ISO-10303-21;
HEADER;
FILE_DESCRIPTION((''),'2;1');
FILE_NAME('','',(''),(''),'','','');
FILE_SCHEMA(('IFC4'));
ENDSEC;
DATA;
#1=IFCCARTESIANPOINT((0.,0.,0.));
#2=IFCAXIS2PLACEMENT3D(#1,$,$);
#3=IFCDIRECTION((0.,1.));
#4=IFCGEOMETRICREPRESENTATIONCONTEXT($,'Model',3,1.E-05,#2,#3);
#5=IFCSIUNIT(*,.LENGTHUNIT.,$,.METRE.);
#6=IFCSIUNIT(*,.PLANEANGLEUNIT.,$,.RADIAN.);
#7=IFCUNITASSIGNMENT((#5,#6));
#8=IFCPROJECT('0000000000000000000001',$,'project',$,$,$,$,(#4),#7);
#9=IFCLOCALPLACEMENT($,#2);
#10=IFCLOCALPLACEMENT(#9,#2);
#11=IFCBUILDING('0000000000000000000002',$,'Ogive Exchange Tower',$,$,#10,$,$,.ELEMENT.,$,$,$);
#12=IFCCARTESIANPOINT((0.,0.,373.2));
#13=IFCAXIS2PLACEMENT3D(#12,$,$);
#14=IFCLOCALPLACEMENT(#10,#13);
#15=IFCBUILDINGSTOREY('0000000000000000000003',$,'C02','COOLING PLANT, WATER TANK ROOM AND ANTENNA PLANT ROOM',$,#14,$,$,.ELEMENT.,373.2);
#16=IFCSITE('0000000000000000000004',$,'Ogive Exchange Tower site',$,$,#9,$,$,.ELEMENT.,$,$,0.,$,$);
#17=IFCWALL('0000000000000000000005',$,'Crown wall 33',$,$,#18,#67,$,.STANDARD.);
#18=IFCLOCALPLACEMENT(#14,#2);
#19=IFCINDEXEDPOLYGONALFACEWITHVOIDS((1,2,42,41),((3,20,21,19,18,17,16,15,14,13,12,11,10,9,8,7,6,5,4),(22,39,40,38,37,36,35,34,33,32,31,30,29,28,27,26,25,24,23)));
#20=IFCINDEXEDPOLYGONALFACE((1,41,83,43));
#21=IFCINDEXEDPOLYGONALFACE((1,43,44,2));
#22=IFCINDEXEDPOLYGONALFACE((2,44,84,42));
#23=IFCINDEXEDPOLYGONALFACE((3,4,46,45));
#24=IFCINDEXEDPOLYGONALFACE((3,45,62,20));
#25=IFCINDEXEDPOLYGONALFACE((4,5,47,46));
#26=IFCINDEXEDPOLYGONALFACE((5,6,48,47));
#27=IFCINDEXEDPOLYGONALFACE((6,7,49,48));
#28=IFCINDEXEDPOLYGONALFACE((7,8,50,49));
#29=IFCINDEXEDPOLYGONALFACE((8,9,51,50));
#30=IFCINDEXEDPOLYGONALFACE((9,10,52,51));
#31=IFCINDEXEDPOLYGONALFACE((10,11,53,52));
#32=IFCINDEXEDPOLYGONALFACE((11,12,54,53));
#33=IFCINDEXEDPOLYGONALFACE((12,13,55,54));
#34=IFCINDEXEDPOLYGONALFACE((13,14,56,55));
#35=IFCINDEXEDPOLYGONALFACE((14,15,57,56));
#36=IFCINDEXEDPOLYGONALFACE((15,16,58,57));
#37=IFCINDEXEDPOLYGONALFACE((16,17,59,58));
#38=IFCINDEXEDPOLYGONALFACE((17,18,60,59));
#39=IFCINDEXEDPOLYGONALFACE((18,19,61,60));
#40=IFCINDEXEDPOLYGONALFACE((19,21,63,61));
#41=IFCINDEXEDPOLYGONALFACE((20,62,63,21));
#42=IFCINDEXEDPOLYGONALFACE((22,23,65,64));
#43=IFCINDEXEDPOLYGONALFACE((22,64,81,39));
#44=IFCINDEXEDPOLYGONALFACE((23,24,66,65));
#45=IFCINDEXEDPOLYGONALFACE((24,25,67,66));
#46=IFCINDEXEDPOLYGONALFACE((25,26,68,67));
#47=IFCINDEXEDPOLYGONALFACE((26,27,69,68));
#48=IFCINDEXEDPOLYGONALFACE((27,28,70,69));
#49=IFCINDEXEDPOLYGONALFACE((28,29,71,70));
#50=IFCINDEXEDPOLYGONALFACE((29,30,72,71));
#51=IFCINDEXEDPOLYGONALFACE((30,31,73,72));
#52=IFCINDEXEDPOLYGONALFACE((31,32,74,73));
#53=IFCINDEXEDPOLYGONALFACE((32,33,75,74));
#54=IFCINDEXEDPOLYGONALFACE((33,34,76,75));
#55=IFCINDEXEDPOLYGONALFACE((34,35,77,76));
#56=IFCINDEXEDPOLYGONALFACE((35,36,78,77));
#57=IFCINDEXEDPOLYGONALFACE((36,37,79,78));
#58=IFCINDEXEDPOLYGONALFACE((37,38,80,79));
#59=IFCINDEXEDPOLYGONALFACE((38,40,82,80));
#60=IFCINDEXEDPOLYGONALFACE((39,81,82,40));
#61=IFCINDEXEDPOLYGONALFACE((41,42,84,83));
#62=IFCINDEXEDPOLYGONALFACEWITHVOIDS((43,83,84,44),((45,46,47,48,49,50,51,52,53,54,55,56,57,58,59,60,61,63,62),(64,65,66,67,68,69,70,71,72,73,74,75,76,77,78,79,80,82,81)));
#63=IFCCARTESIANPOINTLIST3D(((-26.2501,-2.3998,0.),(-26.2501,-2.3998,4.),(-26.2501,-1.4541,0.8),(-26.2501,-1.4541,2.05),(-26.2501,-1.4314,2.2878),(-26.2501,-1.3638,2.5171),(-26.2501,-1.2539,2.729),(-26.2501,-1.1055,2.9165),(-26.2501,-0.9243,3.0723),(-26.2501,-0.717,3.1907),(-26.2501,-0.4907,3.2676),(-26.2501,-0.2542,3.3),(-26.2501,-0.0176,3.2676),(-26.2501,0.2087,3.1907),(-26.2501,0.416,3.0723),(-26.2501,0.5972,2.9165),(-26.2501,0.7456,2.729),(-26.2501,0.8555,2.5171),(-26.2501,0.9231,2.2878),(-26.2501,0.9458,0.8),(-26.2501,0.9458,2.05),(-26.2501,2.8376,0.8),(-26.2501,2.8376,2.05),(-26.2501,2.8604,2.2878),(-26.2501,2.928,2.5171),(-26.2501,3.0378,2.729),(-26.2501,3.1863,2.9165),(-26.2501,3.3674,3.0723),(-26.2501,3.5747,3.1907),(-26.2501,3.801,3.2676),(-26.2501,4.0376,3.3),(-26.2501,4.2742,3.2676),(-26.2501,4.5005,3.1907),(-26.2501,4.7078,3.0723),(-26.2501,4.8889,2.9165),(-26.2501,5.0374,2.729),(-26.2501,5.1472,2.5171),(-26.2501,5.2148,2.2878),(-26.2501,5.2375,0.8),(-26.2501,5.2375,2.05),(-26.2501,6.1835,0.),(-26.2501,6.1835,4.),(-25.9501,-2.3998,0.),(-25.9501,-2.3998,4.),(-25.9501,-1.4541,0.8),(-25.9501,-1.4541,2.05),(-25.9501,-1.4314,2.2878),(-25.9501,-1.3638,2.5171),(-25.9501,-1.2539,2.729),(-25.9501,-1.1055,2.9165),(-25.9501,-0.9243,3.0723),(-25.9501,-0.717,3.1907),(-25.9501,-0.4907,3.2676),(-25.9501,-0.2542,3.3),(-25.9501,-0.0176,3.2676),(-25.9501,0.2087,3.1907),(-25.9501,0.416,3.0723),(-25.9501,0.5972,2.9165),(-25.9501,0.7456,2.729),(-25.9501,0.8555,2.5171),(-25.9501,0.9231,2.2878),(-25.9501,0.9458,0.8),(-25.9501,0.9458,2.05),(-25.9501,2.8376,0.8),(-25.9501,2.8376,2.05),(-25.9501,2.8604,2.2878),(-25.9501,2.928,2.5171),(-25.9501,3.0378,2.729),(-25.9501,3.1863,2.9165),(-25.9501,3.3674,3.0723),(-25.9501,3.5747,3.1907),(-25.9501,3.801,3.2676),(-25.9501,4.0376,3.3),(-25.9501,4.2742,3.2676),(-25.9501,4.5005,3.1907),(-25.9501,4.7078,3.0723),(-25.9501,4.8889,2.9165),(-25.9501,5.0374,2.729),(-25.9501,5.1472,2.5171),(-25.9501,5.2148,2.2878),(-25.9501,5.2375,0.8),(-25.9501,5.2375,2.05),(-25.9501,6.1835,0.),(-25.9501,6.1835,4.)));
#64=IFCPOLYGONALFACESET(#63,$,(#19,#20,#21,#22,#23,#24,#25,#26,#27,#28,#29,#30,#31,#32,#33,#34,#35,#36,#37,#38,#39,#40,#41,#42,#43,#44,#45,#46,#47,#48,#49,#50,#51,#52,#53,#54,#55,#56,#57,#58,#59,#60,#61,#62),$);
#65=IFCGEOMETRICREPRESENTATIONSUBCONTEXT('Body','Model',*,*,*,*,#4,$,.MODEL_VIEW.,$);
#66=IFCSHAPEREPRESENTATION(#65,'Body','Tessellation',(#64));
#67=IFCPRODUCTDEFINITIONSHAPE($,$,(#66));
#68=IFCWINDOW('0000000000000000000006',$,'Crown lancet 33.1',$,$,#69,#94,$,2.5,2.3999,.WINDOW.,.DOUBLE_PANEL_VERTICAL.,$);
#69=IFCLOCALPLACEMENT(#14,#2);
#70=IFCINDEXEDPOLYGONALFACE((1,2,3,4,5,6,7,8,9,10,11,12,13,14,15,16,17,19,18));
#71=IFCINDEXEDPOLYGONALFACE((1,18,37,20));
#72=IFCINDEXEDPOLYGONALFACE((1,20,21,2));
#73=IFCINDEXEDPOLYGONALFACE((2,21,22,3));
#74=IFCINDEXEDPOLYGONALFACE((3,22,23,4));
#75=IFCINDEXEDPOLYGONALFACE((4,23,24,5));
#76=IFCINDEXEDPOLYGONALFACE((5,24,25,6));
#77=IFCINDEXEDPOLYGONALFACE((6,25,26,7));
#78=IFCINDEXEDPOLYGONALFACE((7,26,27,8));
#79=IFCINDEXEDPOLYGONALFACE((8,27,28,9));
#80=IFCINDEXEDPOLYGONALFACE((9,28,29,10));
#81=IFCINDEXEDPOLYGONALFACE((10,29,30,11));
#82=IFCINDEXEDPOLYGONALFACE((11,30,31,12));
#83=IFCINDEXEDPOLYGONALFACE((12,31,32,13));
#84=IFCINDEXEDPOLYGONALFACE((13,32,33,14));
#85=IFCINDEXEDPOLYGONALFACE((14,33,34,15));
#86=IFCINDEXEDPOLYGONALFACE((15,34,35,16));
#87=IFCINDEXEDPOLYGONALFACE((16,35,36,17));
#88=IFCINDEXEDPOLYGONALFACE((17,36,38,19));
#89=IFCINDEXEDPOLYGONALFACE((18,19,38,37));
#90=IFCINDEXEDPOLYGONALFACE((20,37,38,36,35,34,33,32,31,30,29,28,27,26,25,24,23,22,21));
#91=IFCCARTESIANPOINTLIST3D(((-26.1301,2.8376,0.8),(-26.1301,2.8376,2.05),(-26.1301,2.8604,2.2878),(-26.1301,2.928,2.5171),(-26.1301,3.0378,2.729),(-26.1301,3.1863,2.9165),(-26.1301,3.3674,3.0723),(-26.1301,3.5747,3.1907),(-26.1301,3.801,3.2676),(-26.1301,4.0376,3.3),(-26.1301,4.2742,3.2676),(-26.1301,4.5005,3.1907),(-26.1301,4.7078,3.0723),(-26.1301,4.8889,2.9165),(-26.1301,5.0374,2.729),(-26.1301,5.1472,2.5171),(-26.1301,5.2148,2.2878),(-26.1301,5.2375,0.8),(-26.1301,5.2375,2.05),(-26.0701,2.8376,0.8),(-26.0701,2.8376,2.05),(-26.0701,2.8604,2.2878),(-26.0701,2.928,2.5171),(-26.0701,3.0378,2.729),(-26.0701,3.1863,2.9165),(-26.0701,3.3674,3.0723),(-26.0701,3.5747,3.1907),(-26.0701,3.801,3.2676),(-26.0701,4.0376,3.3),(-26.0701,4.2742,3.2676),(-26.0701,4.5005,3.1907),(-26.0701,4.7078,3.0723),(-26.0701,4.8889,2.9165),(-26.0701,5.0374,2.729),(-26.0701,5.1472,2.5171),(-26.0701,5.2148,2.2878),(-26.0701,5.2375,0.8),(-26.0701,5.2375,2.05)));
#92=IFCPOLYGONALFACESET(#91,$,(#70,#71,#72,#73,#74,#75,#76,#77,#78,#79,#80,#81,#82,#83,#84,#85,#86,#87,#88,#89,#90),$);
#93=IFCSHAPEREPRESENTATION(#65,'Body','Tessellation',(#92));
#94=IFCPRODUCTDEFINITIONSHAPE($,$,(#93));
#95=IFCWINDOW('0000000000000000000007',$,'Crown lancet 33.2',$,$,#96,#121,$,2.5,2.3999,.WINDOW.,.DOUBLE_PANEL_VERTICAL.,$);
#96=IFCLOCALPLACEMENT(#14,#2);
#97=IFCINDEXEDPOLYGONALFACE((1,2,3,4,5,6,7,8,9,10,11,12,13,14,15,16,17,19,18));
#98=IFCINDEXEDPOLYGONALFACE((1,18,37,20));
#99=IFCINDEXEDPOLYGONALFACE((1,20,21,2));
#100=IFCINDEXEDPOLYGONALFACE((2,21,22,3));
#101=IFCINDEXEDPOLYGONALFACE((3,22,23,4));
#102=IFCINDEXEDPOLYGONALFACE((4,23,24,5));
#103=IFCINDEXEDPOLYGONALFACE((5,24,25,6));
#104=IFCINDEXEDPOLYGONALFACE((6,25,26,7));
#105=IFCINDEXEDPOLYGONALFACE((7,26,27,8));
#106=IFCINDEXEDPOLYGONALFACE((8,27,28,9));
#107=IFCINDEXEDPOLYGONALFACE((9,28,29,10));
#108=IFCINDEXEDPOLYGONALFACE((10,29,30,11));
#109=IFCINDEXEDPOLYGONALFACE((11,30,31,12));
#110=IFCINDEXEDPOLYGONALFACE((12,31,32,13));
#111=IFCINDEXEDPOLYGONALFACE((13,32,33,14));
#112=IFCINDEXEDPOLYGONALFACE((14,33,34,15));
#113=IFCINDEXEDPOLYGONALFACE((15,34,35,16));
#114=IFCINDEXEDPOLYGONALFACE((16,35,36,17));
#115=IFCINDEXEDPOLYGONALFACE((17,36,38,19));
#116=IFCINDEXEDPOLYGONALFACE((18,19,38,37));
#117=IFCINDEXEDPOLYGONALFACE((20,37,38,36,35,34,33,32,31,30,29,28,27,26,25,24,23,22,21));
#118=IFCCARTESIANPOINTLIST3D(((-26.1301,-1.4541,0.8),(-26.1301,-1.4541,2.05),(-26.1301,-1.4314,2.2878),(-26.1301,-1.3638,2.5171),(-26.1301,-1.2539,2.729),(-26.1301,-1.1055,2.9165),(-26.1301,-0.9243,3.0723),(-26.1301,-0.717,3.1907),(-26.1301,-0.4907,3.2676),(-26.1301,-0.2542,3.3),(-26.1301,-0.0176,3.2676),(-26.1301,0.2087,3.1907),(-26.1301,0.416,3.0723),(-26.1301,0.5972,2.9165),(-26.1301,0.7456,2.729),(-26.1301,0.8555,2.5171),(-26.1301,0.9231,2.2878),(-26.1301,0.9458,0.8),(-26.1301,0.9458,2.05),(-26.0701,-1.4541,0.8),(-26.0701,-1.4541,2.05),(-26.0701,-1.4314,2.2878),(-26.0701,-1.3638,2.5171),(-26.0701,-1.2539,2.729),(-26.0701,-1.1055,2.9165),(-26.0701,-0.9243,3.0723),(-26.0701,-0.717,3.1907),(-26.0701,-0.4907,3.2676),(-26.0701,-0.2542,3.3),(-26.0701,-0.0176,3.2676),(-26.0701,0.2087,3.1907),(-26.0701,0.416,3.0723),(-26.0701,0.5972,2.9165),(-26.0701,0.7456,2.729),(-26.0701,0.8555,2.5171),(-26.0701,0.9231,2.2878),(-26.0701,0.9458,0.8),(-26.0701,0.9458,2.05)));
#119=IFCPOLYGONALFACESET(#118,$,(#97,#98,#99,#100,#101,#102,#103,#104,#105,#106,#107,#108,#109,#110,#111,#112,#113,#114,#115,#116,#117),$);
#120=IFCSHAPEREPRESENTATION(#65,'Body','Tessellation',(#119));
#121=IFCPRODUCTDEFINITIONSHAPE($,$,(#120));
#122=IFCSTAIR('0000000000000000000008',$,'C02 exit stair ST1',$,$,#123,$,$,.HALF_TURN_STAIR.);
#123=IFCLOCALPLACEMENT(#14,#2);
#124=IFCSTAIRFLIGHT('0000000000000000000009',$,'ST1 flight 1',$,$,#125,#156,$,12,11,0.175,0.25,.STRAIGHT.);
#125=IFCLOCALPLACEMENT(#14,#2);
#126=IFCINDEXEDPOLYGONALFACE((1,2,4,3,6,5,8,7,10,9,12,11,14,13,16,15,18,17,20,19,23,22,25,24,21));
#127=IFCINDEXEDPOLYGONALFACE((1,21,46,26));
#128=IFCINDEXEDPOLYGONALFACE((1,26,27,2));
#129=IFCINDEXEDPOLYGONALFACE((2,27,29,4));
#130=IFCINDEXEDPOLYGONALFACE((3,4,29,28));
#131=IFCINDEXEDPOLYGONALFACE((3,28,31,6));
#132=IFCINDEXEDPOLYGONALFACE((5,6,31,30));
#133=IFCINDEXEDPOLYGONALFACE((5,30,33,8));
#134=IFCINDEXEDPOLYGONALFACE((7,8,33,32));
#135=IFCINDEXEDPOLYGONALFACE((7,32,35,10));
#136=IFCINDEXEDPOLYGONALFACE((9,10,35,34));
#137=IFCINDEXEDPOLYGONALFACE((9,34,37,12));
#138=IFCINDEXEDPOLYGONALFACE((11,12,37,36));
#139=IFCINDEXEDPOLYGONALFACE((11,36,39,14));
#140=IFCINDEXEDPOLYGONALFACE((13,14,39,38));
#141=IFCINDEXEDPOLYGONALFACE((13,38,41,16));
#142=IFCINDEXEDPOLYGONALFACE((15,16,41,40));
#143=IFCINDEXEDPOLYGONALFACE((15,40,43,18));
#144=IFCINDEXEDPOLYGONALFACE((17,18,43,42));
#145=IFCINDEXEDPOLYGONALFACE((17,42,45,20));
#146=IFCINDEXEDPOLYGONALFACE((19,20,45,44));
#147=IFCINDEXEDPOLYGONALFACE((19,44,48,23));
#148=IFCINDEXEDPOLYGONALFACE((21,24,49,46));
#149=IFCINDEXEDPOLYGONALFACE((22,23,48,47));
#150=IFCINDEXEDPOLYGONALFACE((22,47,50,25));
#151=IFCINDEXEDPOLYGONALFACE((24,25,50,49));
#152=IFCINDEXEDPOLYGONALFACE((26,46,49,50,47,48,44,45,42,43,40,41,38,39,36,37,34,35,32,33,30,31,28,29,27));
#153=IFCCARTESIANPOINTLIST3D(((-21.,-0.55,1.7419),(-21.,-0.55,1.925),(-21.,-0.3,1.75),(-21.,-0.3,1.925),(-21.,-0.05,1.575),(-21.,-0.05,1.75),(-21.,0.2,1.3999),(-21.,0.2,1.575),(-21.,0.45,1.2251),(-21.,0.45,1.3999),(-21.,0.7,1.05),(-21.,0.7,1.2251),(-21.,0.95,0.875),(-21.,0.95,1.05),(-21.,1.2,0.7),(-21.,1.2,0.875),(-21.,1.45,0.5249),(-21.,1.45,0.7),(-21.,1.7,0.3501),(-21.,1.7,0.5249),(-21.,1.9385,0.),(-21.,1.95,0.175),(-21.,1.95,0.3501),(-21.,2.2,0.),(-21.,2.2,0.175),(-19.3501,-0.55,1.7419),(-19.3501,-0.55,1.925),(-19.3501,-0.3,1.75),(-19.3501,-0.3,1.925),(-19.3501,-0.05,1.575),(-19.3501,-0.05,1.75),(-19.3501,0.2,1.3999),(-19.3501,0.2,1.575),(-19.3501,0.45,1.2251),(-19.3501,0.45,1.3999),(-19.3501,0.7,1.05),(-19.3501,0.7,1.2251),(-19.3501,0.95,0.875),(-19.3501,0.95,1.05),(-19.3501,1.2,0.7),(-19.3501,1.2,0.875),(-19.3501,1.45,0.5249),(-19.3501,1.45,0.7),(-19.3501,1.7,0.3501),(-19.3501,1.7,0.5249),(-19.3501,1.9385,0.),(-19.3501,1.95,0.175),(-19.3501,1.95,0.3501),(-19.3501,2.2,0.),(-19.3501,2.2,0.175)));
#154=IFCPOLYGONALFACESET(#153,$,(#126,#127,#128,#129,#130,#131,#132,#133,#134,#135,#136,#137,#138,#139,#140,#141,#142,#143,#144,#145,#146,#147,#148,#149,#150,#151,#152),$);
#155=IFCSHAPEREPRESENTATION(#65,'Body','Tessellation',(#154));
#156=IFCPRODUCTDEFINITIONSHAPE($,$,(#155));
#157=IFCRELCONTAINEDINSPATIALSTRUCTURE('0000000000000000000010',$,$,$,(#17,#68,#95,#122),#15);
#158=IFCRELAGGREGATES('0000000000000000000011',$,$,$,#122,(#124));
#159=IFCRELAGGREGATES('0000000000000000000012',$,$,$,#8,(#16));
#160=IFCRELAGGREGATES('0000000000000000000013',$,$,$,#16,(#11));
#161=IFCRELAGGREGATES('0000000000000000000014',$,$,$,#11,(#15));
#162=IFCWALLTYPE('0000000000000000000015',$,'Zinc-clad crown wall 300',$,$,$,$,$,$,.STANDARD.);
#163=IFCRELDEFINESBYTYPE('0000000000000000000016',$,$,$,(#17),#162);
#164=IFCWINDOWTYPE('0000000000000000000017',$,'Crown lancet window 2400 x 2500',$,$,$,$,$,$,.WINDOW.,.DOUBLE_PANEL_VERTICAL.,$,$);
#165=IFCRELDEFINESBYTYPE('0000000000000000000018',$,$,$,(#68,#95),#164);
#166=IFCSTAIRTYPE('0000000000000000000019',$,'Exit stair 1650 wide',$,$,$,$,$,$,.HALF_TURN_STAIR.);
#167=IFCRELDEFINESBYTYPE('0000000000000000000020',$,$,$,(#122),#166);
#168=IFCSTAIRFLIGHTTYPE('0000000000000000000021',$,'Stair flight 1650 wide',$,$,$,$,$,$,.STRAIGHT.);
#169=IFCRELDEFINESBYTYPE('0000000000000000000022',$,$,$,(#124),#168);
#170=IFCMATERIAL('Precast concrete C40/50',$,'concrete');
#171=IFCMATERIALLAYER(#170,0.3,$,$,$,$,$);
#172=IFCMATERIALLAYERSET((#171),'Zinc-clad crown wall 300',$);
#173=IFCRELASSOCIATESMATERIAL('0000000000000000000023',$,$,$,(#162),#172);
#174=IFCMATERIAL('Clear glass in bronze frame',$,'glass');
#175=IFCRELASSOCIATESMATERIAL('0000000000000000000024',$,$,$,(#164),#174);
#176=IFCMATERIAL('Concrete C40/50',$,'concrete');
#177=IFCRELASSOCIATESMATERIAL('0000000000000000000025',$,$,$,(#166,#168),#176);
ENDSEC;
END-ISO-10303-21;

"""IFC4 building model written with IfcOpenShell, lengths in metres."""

from ifc_helpers import new_model, si_unit, direction, frame, frame_2d, origin, place, context, subcontext, project, spatial, polyline, rectangle, outline, extrude, material, layer, layer_set, type_object, element, fill, aggregate, save


model = new_model("IFC4")

# Units and contexts
model_context = context("Model", 3, precision=1e-05, world=origin(), true_north=direction((0.0, 1.0)))
body_context = subcontext(model_context, "Body", "Model", "MODEL_VIEW")
ifc_project = project(units=[si_unit("LENGTHUNIT", "METRE"), si_unit("PLANEANGLEUNIT", "RADIAN")], contexts=[model_context])

# Site, building, storey
site_placement = place(None, origin())
site = spatial("IfcSite", under=ifc_project, at=site_placement, Name="Ogive Exchange Tower site", CompositionType="ELEMENT", RefElevation=0.0)
building_placement = place(site_placement, origin())
building = spatial("IfcBuilding", under=site, at=building_placement, Name="Ogive Exchange Tower", CompositionType="ELEMENT")
storey_placement = place(building_placement, frame((0.0, 0.0, 373.2)))
storey = spatial("IfcBuildingStorey", under=building, at=storey_placement, Name="C02", Description="COOLING PLANT, WATER TANK ROOM AND ANTENNA PLANT ROOM", CompositionType="ELEMENT", Elevation=373.2)

# Wall, openings, windows
ifc_material_1 = material(Name="Precast concrete C40/50", Category="concrete")
ifc_layer_1 = layer(ifc_material_1, 0.3)
ifc_layer_set_1 = layer_set([ifc_layer_1], Name="Zinc-clad crown wall 300")
wall_type_1 = type_object("IfcWallType", Name="Zinc-clad crown wall 300", PredefinedType="STANDARD", material=ifc_layer_set_1)
ifc_material_2 = material(Name="Clear glass in bronze frame", Category="glass")
window_type = type_object("IfcWindowType", Name="Crown lancet window 2400 x 2500", PartitioningType="DOUBLE_PANEL_VERTICAL", PredefinedType="WINDOW", material=ifc_material_2)
wall_1_placement = place(storey_placement, frame((-26.1001, 6.1833, 0.0), z_axis=(0.0, 0.0, 1.0), x_axis=(0.0, -1.0, 0.0)))
wall_1 = element("IfcWall", 1, at=wall_1_placement, inside=storey, type_object=wall_type_1, Name="Crown wall 33", PredefinedType="STANDARD", context=body_context, shape_type="SweptSolid", body=[
    extrude(rectangle(XDim=8.5833, YDim=0.3, at=frame_2d((4.2915, 0.0))), origin(), (0.0, 0.0, 1.0), 4.0),
])
opening_1_placement = place(wall_1_placement, frame((0.9458, 0.0, 0.8)))
opening_1 = element("IfcOpeningElement", 2, at=opening_1_placement, cuts=wall_1, PredefinedType="OPENING", context=body_context, shape_type="SweptSolid", body=[
    extrude(outline(polyline([(0.0, 0.0), (2.3999, 0.0), (2.3999, 1.25), (2.3772, 1.4878), (2.3096, 1.717), (2.1997, 1.929), (2.0513, 2.1165), (1.8701, 2.2722), (1.6628, 2.3906), (1.4365, 2.4675), (1.2, 2.5), (0.9634, 2.4675), (0.7371, 2.3906), (0.5298, 2.2722), (0.3486, 2.1165), (0.2002, 1.929), (0.0903, 1.717), (0.0227, 1.4878), (0.0, 1.25), (0.0, 0.0)])), frame((0.0, 0.1599, 0.0), z_axis=(0.0, -1.0, 0.0), x_axis=(1.0, 0.0, 0.0)), (0.0, 0.0, 1.0), 0.3201),
])
opening_2_placement = place(wall_1_placement, frame((5.2375, 0.0, 0.8)))
opening_2 = element("IfcOpeningElement", 3, at=opening_2_placement, cuts=wall_1, PredefinedType="OPENING", context=body_context, shape_type="SweptSolid", body=[
    extrude(outline(polyline([(0.0, 0.0), (2.3999, 0.0), (2.3999, 1.25), (2.3772, 1.4878), (2.3096, 1.717), (2.1997, 1.929), (2.0513, 2.1165), (1.8701, 2.2722), (1.6628, 2.3906), (1.4365, 2.4675), (1.2, 2.5), (0.9634, 2.4675), (0.7371, 2.3906), (0.5298, 2.2722), (0.3486, 2.1165), (0.2002, 1.929), (0.0903, 1.717), (0.0227, 1.4878), (0.0, 1.25), (0.0, 0.0)])), frame((0.0, 0.1599, 0.0), z_axis=(0.0, -1.0, 0.0), x_axis=(1.0, 0.0, 0.0)), (0.0, 0.0, 1.0), 0.3201),
])
window_1_placement = place(opening_1_placement, origin())
window_1 = element("IfcWindow", 4, at=window_1_placement, inside=storey, type_object=window_type, Name="Crown lancet 33.1", OverallHeight=2.5, OverallWidth=2.3999, PartitioningType="DOUBLE_PANEL_VERTICAL", PredefinedType="WINDOW", context=body_context, shape_type="SweptSolid", body=[
    extrude(outline(polyline([(0.0, 0.0), (2.3999, 0.0), (2.3999, 1.25), (2.3772, 1.4878), (2.3096, 1.717), (2.1997, 1.929), (2.0513, 2.1165), (1.8701, 2.2722), (1.6628, 2.3906), (1.4365, 2.4675), (1.2, 2.5), (0.9634, 2.4675), (0.7371, 2.3906), (0.5298, 2.2722), (0.3486, 2.1165), (0.2002, 1.929), (0.0903, 1.717), (0.0227, 1.4878), (0.0, 1.25), (0.0, 0.0)])), frame((0.0, 0.03, 0.0), z_axis=(0.0, -1.0, 0.0), x_axis=(1.0, 0.0, 0.0)), (0.0, 0.0, 1.0), 0.0601),
])
fill(opening_1, window_1)
window_2_placement = place(opening_2_placement, origin())
window_2 = element("IfcWindow", 5, at=window_2_placement, inside=storey, type_object=window_type, Name="Crown lancet 33.2", OverallHeight=2.5, OverallWidth=2.3999, PartitioningType="DOUBLE_PANEL_VERTICAL", PredefinedType="WINDOW", context=body_context, shape_type="SweptSolid", body=[
    extrude(outline(polyline([(0.0, 0.0), (2.3999, 0.0), (2.3999, 1.25), (2.3772, 1.4878), (2.3096, 1.717), (2.1997, 1.929), (2.0513, 2.1165), (1.8701, 2.2722), (1.6628, 2.3906), (1.4365, 2.4675), (1.2, 2.5), (0.9634, 2.4675), (0.7371, 2.3906), (0.5298, 2.2722), (0.3486, 2.1165), (0.2002, 1.929), (0.0903, 1.717), (0.0227, 1.4878), (0.0, 1.25), (0.0, 0.0)])), frame((0.0, 0.03, 0.0), z_axis=(0.0, -1.0, 0.0), x_axis=(1.0, 0.0, 0.0)), (0.0, 0.0, 1.0), 0.0601),
])
fill(opening_2, window_2)

# Stair, stair flight
ifc_material_3 = material(Name="Concrete C40/50", Category="concrete")
stair_type = type_object("IfcStairType", Name="Exit stair 1650 wide", PredefinedType="HALF_TURN_STAIR", material=ifc_material_3)
stair_1_placement = place(storey_placement, origin())
stair_1 = element("IfcStair", 6, at=stair_1_placement, inside=storey, type_object=stair_type, Name="C02 exit stair ST1", PredefinedType="HALF_TURN_STAIR")
stair_flight_type = type_object("IfcStairFlightType", Name="Stair flight 1650 wide", PredefinedType="STRAIGHT", material=ifc_material_3)
stair_flight_1_placement = place(storey_placement, frame((-20.175, 2.2, 0.0), z_axis=(0.0, 0.0, 1.0), x_axis=(0.0, -1.0, 0.0)))
stair_flight_1 = element("IfcStairFlight", 7, at=stair_flight_1_placement, type_object=stair_flight_type, Name="ST1 flight 1", NumberOfRisers=12, NumberOfTreads=11, PredefinedType="STRAIGHT", RiserHeight=0.175, TreadLength=0.25, context=body_context, shape_type="SweptSolid", body=[
    extrude(outline(polyline([(0.0, 0.0), (0.0, 0.175), (0.25, 0.175), (0.25, 0.3501), (0.5, 0.3501), (0.5, 0.5249), (0.75, 0.5249), (0.75, 0.7), (1.0, 0.7), (1.0, 0.875), (1.25, 0.875), (1.25, 1.05), (1.5, 1.05), (1.5, 1.2251), (1.75, 1.2251), (1.75, 1.3999), (2.0, 1.3999), (2.0, 1.575), (2.25, 1.575), (2.25, 1.75), (2.5, 1.75), (2.5, 1.925), (2.75, 1.925), (2.75, 2.1001), (2.75, 1.7419), (0.2615, 0.0), (0.0, 0.0)])), frame((0.0, 0.825, 0.0), z_axis=(0.0, -1.0, 0.0), x_axis=(1.0, 0.0, 0.0)), (0.0, 0.0, 1.0), 1.6499),
])
aggregate(stair_1, [stair_flight_1])

save(model, "model.ifc")
